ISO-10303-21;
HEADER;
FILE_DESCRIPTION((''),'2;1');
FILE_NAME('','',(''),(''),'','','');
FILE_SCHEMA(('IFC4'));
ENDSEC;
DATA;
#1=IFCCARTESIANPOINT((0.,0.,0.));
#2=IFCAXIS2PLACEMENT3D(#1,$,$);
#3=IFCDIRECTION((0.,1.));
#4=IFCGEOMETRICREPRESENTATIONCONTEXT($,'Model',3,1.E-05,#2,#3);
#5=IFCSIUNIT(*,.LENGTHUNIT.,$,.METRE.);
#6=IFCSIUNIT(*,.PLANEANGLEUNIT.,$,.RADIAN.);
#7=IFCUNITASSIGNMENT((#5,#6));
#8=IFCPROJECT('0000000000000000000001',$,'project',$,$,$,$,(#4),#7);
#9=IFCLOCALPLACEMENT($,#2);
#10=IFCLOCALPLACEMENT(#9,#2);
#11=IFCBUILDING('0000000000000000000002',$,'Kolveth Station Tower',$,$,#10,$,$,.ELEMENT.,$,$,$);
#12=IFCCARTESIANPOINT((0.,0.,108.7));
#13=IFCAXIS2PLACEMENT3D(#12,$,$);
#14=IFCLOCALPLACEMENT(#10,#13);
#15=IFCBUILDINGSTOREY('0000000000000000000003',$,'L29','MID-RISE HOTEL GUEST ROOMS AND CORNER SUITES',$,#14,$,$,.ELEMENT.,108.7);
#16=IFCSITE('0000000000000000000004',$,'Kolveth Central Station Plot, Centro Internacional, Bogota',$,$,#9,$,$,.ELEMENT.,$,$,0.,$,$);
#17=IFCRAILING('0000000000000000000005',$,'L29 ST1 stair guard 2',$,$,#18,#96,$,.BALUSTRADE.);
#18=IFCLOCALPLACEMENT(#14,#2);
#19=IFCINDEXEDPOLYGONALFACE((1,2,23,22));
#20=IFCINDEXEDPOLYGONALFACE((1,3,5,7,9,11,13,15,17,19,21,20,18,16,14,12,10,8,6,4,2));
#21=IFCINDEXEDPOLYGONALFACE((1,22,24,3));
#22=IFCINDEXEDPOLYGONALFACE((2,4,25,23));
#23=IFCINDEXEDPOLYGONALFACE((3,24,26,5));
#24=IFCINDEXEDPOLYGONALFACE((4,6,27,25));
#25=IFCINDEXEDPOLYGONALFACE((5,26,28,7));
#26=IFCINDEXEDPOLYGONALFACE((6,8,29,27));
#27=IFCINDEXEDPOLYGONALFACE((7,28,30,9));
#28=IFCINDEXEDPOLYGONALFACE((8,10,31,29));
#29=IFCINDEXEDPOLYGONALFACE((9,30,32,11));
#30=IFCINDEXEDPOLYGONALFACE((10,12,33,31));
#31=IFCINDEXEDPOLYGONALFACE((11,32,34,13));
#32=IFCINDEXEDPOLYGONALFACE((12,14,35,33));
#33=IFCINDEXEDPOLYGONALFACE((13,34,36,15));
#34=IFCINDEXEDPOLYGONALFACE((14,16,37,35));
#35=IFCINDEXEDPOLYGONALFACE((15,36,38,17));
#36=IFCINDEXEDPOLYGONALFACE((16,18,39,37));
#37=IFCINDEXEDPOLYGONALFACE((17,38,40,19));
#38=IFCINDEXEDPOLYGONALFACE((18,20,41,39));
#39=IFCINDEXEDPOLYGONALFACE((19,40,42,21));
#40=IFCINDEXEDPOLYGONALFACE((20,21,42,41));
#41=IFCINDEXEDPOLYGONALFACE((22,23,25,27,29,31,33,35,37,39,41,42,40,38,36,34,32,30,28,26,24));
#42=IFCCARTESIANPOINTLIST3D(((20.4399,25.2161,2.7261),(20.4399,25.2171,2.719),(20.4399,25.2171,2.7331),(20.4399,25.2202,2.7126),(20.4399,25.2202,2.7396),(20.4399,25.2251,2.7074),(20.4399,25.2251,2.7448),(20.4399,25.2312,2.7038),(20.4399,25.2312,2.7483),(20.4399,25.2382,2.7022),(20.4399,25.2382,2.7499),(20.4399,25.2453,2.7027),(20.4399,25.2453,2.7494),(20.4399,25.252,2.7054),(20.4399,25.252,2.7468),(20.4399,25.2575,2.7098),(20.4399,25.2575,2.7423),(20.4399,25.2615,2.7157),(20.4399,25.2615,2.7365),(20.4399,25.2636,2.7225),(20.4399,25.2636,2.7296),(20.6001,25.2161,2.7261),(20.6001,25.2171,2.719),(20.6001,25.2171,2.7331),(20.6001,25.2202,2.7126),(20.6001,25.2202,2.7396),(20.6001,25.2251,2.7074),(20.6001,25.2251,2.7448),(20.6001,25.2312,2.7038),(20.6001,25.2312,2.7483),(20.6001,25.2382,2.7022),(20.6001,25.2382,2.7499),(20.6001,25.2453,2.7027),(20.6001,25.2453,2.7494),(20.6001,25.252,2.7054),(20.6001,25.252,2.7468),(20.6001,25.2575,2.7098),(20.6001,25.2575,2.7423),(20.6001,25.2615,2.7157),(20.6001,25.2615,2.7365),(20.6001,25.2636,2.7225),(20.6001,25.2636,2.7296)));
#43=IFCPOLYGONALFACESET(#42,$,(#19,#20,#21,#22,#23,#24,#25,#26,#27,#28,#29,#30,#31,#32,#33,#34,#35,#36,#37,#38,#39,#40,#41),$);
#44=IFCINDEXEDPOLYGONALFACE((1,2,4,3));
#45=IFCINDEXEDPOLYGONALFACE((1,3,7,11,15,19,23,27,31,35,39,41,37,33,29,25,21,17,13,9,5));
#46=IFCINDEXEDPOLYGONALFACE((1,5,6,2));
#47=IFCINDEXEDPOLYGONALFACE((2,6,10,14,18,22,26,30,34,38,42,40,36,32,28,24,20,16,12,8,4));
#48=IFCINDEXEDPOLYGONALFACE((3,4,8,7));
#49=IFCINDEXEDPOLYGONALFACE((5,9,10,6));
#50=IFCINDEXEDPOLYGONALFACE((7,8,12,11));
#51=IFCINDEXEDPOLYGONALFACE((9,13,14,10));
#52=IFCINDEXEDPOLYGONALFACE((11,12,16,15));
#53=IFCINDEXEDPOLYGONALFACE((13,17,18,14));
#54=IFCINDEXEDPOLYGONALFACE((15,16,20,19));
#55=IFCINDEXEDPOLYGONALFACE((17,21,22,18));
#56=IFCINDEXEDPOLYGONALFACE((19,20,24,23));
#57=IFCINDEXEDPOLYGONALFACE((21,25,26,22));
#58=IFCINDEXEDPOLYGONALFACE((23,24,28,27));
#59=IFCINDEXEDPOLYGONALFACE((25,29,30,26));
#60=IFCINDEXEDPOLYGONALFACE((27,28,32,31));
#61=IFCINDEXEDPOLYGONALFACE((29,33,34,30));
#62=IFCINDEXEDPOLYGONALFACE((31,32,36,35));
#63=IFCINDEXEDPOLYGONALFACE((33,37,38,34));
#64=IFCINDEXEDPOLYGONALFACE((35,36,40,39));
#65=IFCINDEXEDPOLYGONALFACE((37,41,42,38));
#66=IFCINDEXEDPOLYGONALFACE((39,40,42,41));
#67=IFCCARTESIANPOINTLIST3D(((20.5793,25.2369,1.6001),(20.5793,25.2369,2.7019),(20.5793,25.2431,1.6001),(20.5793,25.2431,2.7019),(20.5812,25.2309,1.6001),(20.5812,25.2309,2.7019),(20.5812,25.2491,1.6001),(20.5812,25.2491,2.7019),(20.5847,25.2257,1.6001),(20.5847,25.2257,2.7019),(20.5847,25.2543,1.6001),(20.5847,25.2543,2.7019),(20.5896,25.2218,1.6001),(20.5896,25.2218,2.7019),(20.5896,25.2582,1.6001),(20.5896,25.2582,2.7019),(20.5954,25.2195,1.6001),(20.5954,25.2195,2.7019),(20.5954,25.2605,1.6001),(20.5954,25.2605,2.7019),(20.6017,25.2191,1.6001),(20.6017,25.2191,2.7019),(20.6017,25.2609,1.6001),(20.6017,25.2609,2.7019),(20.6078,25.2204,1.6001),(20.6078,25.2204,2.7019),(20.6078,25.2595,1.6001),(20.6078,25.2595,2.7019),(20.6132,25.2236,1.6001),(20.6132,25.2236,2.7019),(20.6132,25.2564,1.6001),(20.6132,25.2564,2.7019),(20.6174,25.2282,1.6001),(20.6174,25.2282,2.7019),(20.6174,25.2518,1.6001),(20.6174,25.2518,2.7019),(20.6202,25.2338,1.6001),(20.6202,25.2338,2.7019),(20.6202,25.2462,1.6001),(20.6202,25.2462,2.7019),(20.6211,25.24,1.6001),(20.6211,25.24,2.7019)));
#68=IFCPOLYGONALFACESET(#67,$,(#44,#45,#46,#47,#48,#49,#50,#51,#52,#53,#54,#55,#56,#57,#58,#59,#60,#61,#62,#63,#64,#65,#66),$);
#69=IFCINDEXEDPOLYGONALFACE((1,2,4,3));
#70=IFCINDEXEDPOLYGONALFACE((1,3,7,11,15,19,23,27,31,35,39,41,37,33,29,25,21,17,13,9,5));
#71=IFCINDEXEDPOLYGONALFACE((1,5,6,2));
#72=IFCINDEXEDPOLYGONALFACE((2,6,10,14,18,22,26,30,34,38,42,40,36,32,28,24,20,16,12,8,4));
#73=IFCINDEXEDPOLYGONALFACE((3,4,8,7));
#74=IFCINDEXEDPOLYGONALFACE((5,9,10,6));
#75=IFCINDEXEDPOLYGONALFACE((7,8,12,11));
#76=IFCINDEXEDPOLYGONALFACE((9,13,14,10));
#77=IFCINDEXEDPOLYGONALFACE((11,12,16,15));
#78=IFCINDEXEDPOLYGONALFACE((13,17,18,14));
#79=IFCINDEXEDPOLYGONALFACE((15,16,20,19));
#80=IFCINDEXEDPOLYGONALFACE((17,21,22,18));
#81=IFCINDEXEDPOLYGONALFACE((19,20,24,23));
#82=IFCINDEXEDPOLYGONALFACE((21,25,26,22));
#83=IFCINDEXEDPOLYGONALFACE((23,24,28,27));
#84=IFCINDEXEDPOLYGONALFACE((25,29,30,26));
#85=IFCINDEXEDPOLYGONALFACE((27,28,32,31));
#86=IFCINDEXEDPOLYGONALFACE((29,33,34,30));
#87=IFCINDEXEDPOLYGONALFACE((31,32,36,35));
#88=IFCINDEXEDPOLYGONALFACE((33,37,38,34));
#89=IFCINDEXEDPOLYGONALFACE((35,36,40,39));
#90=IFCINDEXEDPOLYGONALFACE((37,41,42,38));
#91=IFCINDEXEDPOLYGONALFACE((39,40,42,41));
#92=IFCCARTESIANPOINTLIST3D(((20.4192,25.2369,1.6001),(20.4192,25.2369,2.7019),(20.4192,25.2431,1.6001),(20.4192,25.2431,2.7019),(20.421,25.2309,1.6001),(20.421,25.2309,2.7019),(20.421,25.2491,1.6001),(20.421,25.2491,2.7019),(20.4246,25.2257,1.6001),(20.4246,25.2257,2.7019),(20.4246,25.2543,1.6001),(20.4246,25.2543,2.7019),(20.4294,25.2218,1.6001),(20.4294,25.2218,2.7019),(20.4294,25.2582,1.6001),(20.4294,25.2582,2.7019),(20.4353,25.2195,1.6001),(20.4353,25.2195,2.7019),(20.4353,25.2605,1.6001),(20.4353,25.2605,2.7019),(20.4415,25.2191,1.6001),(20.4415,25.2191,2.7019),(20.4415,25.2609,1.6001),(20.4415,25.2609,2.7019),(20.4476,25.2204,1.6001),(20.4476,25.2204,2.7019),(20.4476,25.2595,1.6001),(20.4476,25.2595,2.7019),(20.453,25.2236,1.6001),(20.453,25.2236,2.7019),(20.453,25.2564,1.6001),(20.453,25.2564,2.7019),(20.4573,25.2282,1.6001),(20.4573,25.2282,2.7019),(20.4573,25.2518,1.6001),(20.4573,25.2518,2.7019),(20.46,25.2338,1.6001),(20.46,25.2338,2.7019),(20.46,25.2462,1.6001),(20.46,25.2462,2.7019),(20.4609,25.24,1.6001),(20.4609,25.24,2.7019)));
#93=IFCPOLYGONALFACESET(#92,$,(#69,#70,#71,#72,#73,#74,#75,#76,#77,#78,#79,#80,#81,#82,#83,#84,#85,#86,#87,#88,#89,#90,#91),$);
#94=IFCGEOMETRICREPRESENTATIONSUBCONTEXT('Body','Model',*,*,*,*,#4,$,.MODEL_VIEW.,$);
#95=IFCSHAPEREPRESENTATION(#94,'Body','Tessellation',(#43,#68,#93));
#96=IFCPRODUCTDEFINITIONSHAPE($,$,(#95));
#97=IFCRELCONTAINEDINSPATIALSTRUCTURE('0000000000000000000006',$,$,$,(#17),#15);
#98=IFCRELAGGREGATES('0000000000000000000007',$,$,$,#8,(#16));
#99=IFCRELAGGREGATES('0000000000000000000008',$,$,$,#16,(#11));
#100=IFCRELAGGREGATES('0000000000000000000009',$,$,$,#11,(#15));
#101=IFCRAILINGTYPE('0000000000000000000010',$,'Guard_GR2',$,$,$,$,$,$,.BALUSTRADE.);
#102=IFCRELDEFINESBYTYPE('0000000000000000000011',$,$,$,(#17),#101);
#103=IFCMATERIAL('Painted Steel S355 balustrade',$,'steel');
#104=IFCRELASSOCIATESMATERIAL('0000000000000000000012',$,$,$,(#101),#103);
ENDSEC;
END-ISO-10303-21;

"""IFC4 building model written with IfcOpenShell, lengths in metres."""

from ifc_helpers import new_model, si_unit, direction, frame, origin, origin_2d, place, context, subcontext, project, spatial, circle, extrude, material, type_object, element, save


model = new_model("IFC4")

# Units and contexts
model_context = context("Model", 3, precision=1e-05, world=origin(), true_north=direction((0.0, 1.0)))
body_context = subcontext(model_context, "Body", "Model", "MODEL_VIEW")
ifc_project = project(units=[si_unit("LENGTHUNIT", "METRE"), si_unit("PLANEANGLEUNIT", "RADIAN")], contexts=[model_context])

# Site, building, storey
site_placement = place(None, origin())
site = spatial("IfcSite", under=ifc_project, at=site_placement, Name="Kolveth Central Station Plot, Centro Internacional, Bogota", CompositionType="ELEMENT", RefElevation=0.0)
building_placement = place(site_placement, origin())
building = spatial("IfcBuilding", under=site, at=building_placement, Name="Kolveth Station Tower", CompositionType="ELEMENT")
storey_placement = place(building_placement, frame((0.0, 0.0, 108.7)))
storey = spatial("IfcBuildingStorey", under=building, at=storey_placement, Name="L29", Description="MID-RISE HOTEL GUEST ROOMS AND CORNER SUITES", CompositionType="ELEMENT", Elevation=108.7)

# Railing
ifc_material_1 = material(Name="Painted Steel S355 balustrade", Category="steel")
railing_type_1 = type_object("IfcRailingType", Name="Guard_GR2", PredefinedType="BALUSTRADE", material=ifc_material_1)
railing_1_placement = place(storey_placement, frame((20.6001, 25.24, 1.6001)))
element("IfcRailing", 1, at=railing_1_placement, inside=storey, type_object=railing_type_1, Name="L29 ST1 stair guard 2", PredefinedType="BALUSTRADE", context=body_context, shape_type="SweptSolid", body=[
    extrude(circle(Radius=0.0239, at=origin_2d()), frame((0.0, 0.0, 1.126), z_axis=(-1.0, 0.0, 0.0), x_axis=(0.0, -1.0, 0.0)), (0.0, 0.0, 1.0), 0.1602),
    extrude(circle(Radius=0.021, at=origin_2d()), origin(), (0.0, 0.0, 1.0), 1.1018),
    extrude(circle(Radius=0.021, at=origin_2d()), frame((-0.1602, 0.0, 0.0)), (0.0, 0.0, 1.0), 1.1018),
])

save(model, "model.ifc")
